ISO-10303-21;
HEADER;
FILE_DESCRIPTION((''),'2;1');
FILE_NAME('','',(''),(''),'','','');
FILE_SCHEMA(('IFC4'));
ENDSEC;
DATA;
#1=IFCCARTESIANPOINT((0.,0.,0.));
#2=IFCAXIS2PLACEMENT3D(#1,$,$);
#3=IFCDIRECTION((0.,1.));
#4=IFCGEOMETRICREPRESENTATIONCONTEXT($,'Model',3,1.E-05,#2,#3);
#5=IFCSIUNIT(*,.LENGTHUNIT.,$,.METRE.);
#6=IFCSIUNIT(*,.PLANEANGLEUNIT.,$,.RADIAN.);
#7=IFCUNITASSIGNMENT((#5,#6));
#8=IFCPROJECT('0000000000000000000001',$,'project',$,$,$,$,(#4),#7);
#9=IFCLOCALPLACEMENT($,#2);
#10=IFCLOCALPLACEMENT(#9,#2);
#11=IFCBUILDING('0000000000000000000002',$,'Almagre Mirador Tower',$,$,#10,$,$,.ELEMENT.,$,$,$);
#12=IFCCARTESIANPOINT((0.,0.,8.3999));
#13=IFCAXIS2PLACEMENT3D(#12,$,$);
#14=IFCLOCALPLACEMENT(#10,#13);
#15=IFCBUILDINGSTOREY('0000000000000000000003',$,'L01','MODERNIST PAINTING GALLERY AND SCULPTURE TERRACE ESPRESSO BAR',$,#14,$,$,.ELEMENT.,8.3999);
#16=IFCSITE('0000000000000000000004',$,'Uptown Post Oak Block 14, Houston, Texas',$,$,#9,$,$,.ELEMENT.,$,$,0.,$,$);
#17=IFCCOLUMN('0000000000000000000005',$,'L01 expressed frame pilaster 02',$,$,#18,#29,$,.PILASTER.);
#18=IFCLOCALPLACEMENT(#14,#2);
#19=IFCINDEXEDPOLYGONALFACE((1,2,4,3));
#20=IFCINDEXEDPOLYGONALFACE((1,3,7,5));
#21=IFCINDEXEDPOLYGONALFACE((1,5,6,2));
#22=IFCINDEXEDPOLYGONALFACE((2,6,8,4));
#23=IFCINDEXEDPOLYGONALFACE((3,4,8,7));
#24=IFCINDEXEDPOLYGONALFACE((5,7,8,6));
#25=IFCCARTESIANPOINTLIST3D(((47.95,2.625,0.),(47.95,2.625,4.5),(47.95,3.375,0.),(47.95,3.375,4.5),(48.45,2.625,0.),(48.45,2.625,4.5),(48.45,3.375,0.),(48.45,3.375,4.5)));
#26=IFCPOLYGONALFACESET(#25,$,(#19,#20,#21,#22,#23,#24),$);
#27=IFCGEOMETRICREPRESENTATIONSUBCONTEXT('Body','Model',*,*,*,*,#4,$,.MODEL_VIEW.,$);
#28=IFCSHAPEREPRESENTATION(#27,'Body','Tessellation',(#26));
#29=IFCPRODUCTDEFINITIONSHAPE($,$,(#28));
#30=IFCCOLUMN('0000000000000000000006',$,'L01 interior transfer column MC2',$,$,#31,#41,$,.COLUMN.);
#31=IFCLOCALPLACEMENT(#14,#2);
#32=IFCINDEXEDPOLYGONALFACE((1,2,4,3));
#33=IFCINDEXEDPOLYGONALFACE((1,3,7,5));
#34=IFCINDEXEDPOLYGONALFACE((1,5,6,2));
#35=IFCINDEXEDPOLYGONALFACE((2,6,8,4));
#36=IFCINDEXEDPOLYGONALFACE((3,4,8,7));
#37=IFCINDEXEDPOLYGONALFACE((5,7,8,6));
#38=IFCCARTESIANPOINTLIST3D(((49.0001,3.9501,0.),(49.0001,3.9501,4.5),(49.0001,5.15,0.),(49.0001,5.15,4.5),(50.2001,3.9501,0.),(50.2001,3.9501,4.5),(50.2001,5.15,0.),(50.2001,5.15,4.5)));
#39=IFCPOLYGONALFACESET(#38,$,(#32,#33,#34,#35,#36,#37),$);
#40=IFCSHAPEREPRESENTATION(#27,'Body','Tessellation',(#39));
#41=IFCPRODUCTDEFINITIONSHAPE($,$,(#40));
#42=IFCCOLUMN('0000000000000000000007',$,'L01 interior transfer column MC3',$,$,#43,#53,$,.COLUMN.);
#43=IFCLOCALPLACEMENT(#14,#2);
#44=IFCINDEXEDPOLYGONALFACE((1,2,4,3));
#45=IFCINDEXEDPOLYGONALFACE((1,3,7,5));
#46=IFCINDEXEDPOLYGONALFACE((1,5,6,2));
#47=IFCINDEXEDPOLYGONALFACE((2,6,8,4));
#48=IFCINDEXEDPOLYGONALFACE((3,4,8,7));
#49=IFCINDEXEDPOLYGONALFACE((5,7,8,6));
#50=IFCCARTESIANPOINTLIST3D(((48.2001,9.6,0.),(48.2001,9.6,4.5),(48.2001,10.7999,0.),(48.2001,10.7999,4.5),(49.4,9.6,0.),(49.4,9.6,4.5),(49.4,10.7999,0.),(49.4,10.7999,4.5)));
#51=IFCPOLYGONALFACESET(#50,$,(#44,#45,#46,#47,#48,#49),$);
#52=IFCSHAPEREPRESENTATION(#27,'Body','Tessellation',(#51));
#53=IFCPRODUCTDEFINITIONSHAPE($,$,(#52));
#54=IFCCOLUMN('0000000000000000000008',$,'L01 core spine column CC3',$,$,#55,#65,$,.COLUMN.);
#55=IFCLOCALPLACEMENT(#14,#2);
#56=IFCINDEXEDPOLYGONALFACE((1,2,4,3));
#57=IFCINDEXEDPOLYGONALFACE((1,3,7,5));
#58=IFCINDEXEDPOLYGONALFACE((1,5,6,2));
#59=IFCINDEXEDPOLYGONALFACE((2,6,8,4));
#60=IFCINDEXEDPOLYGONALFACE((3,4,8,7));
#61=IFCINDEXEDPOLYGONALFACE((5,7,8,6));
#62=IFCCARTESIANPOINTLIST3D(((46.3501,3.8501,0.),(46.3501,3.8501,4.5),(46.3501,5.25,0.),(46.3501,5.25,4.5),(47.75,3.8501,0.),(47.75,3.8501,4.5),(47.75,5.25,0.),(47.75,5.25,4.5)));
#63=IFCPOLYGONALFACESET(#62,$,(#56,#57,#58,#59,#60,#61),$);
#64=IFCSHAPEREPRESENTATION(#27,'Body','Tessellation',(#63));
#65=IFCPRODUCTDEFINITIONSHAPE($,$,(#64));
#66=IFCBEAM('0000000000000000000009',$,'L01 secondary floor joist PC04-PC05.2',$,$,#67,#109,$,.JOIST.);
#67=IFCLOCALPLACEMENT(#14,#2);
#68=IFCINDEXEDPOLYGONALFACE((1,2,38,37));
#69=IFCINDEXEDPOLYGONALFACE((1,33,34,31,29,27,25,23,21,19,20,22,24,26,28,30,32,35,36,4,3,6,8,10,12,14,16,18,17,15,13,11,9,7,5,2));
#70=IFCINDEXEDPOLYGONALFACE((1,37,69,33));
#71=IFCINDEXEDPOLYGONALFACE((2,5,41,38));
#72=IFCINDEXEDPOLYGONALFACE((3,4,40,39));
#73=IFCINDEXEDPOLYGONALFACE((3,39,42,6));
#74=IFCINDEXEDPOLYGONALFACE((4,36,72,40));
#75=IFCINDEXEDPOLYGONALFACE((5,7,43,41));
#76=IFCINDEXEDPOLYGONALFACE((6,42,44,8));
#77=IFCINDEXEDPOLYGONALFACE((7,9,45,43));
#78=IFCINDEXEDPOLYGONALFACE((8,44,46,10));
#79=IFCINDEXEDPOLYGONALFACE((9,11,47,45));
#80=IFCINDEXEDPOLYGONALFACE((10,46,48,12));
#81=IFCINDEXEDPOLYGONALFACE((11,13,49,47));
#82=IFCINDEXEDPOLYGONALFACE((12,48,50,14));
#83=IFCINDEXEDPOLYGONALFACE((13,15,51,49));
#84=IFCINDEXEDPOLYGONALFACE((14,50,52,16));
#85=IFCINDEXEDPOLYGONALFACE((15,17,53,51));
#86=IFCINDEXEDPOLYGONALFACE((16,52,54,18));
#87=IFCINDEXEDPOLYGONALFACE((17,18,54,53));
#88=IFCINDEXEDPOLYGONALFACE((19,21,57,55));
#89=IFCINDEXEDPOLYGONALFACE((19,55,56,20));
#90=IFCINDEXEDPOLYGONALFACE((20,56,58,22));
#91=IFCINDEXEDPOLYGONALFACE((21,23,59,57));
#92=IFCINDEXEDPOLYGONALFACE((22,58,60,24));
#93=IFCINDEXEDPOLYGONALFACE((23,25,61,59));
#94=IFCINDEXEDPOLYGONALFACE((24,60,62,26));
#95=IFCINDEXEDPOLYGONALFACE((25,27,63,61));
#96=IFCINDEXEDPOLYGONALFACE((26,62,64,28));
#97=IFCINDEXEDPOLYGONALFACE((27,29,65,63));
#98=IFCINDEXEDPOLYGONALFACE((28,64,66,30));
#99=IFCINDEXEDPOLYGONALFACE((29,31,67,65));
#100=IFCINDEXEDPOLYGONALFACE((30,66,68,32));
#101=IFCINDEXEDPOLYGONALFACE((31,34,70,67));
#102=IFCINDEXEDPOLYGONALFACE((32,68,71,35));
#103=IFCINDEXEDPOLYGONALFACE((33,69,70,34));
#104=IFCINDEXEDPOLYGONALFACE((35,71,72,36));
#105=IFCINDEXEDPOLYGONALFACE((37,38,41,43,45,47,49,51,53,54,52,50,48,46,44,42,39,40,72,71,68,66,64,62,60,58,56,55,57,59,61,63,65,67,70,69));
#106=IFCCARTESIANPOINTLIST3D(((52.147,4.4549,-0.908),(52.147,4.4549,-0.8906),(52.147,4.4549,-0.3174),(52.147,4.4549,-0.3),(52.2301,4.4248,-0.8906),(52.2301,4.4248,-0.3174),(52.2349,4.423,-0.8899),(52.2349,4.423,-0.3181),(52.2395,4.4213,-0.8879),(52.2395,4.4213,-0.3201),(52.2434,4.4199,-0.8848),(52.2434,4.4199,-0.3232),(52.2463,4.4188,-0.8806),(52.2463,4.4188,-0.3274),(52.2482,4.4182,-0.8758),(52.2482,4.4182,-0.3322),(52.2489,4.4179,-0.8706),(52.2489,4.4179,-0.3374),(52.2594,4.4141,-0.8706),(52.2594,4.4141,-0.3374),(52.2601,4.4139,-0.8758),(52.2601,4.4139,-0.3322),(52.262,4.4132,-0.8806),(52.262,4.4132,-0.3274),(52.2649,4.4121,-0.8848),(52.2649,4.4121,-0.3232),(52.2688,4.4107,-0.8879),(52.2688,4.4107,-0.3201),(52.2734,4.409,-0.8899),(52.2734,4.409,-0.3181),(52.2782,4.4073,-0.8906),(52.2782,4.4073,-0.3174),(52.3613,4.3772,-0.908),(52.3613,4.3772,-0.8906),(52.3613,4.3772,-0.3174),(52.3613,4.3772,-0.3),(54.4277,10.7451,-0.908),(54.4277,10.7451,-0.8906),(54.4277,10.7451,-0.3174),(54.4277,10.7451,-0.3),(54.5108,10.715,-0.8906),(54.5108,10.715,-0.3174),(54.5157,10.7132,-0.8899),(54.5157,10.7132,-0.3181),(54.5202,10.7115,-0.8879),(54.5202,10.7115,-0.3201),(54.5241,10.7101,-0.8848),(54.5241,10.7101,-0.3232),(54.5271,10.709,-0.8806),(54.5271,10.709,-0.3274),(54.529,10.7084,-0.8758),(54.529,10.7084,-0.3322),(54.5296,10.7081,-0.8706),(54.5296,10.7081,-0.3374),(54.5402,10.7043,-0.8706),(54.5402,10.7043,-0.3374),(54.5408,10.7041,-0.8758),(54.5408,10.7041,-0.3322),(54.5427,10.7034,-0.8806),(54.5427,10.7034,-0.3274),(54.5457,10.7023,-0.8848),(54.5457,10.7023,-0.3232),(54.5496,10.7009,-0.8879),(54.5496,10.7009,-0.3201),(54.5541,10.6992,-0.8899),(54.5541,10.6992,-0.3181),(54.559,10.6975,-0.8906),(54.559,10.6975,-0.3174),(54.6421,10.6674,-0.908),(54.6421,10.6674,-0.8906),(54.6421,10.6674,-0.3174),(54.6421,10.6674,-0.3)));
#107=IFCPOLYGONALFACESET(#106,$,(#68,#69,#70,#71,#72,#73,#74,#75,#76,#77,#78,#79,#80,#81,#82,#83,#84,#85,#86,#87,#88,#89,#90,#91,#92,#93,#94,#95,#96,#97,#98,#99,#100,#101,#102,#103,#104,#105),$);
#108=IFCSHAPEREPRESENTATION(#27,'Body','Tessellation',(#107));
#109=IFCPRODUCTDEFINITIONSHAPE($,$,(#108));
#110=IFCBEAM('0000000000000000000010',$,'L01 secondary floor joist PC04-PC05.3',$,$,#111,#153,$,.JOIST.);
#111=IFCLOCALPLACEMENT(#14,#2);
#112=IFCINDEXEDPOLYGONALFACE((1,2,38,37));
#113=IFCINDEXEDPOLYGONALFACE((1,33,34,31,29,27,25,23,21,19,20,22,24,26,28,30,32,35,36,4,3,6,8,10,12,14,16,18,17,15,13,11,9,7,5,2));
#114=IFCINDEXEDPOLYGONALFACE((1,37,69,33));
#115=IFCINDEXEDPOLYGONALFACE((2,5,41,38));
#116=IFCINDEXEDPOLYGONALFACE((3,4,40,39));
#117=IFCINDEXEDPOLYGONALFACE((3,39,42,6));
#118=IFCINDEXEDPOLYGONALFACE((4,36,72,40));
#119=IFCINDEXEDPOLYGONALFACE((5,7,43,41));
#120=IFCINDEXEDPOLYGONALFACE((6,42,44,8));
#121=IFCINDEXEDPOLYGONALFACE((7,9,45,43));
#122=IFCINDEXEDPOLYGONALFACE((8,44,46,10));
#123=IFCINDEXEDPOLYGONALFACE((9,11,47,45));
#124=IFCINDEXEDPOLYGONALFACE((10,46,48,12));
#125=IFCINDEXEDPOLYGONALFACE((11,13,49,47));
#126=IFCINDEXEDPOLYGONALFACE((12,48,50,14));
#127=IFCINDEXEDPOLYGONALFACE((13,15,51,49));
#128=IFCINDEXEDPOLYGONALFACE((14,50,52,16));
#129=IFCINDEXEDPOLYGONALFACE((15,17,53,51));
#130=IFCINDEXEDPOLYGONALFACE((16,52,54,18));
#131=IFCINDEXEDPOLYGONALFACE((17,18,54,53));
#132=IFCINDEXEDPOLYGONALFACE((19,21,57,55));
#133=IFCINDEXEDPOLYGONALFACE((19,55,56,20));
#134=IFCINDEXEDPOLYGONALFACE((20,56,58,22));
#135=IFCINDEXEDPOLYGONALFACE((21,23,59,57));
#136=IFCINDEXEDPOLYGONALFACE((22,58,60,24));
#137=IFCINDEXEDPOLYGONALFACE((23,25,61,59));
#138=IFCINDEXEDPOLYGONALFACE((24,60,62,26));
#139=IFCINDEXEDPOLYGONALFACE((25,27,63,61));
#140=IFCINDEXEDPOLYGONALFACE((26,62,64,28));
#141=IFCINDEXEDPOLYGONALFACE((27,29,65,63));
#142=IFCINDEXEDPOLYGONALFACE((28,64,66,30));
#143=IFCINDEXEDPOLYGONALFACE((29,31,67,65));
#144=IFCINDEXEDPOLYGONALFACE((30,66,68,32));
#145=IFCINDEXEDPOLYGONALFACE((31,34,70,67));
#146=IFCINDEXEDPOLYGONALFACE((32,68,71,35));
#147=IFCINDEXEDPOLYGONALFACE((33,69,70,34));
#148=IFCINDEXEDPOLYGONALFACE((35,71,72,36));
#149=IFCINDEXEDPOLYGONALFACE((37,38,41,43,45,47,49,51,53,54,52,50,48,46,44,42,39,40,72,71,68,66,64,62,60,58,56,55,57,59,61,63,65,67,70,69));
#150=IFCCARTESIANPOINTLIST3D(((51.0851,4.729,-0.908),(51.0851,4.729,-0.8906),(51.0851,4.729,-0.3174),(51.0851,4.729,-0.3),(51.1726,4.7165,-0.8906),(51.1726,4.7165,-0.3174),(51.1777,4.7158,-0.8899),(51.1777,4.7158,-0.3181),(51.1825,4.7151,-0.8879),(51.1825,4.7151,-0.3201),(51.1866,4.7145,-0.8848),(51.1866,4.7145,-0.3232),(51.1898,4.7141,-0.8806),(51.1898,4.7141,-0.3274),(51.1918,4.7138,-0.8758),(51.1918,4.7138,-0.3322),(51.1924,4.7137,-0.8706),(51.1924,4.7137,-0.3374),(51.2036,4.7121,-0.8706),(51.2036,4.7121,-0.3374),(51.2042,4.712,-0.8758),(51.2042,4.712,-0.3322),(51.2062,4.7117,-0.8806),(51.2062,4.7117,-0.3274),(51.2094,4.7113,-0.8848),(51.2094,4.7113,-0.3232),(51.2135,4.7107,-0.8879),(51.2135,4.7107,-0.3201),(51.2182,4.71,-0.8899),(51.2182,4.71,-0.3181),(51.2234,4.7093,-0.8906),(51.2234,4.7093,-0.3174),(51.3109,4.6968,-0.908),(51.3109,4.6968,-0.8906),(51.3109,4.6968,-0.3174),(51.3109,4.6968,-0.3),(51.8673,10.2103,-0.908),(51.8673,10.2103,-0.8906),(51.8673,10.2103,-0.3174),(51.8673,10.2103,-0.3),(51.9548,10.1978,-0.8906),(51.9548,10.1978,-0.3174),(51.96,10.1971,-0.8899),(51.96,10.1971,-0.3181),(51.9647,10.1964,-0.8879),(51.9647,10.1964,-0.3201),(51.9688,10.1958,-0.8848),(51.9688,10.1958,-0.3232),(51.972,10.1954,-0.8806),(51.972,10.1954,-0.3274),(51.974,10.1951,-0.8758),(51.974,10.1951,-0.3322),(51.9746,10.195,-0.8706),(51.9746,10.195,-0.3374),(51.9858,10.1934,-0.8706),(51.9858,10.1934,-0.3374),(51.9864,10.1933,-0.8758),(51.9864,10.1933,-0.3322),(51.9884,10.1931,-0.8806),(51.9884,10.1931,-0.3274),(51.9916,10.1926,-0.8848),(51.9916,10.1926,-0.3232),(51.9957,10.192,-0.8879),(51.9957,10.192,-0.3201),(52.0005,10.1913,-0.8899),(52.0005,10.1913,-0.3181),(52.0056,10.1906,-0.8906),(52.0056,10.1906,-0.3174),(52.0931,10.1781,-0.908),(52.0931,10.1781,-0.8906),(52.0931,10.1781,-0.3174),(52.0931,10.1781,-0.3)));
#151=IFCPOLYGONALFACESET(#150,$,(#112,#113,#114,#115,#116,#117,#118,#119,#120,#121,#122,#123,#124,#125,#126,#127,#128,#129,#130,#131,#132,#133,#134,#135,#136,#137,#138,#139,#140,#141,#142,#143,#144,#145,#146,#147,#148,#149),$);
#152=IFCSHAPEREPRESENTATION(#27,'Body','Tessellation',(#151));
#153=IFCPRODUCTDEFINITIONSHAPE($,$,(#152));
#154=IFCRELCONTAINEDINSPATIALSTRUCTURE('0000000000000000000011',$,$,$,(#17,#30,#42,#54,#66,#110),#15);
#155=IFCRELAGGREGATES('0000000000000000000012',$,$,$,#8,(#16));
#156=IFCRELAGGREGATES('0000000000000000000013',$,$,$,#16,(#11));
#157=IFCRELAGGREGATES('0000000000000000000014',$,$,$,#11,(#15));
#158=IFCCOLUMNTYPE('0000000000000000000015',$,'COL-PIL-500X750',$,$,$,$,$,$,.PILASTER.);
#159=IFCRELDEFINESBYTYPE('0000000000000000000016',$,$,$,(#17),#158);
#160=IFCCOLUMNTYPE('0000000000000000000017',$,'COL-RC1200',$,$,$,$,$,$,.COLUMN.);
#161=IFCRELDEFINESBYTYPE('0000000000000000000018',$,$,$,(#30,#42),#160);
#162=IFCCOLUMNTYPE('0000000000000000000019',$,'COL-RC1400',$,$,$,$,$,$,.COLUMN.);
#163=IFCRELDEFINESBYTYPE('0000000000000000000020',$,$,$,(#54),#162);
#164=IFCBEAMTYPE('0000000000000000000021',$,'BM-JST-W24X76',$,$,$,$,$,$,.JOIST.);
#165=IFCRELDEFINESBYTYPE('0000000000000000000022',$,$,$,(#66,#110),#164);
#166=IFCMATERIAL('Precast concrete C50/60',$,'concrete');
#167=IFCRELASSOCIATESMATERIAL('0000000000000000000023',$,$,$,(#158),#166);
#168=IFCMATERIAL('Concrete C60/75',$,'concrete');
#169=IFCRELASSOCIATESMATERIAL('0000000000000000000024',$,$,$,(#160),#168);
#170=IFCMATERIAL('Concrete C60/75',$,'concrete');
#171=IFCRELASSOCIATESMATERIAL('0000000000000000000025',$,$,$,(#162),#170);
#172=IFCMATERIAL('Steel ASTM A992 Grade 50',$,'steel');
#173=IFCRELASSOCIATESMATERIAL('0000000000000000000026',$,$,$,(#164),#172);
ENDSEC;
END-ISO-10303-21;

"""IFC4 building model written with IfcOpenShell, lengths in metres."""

from ifc_helpers import new_model, si_unit, direction, frame, origin, origin_2d, place, context, subcontext, project, spatial, rectangle, i_section, extrude, material, material_profile, profile_set, type_object, element, save


model = new_model("IFC4")

# Units and contexts
model_context = context("Model", 3, precision=1e-05, world=origin(), true_north=direction((0.0, 1.0)))
body_context = subcontext(model_context, "Body", "Model", "MODEL_VIEW")
ifc_project = project(units=[si_unit("LENGTHUNIT", "METRE"), si_unit("PLANEANGLEUNIT", "RADIAN")], contexts=[model_context])

# Site, building, storey
site_placement = place(None, origin())
site = spatial("IfcSite", under=ifc_project, at=site_placement, Name="Uptown Post Oak Block 14, Houston, Texas", CompositionType="ELEMENT", RefElevation=0.0)
building_placement = place(site_placement, origin())
building = spatial("IfcBuilding", under=site, at=building_placement, Name="Almagre Mirador Tower", CompositionType="ELEMENT")
storey_placement = place(building_placement, frame((0.0, 0.0, 8.3999)))
storey = spatial("IfcBuildingStorey", under=building, at=storey_placement, Name="L01", Description="MODERNIST PAINTING GALLERY AND SCULPTURE TERRACE ESPRESSO BAR", CompositionType="ELEMENT", Elevation=8.3999)

# Columns
ifc_material_1 = material(Name="Precast concrete C50/60", Category="concrete")
ifc_material_profile_1 = material_profile(ifc_material_1, rectangle(XDim=0.5, YDim=0.75, at=origin_2d()), Name="RC500X750")
ifc_profile_set_1 = profile_set([ifc_material_profile_1], Name="Precast concrete C50/60")
column_type_1 = type_object("IfcColumnType", Name="COL-PIL-500X750", PredefinedType="PILASTER", material=ifc_profile_set_1)
column_1_placement = place(storey_placement, frame((48.2, 3.0, 0.0), z_axis=(0.0, 0.0, 1.0), x_axis=(1.0, 0.0, 0.0)))
element("IfcColumn", 1, at=column_1_placement, inside=storey, type_object=column_type_1, Name="L01 expressed frame pilaster 02", PredefinedType="PILASTER", context=body_context, shape_type="SweptSolid", body=[
    extrude(rectangle(XDim=0.5, YDim=0.75, at=origin_2d()), origin(), (0.0, 0.0, 1.0), 4.5),
])
ifc_material_2 = material(Name="Concrete C60/75", Category="concrete")
ifc_material_profile_2 = material_profile(ifc_material_2, rectangle(XDim=1.2, YDim=1.2, at=origin_2d()), Name="RC1200X1200")
ifc_profile_set_2 = profile_set([ifc_material_profile_2], Name="Concrete C60/75")
column_type_2 = type_object("IfcColumnType", Name="COL-RC1200", PredefinedType="COLUMN", material=ifc_profile_set_2)
for number, where, z_axis, x_axis, name in (
    (2, (49.6001, 4.55, 0.0), (0.0, 0.0, 1.0), (1.0, 0.0, 0.0), "L01 interior transfer column MC2"),
    (3, (48.8, 10.2, 0.0), (0.0, 0.0, 1.0), (1.0, 0.0, 0.0), "L01 interior transfer column MC3"),
):
    element("IfcColumn", number, at=place(storey_placement, frame(where, z_axis=z_axis, x_axis=x_axis)), inside=storey, type_object=column_type_2, Name=name, PredefinedType="COLUMN", context=body_context, shape_type="SweptSolid", body=[
        extrude(rectangle(XDim=1.2, YDim=1.2, at=origin_2d()), origin(), (0.0, 0.0, 1.0), 4.5),
    ])
ifc_material_3 = material(Name="Concrete C60/75", Category="concrete")
ifc_material_profile_3 = material_profile(ifc_material_3, rectangle(XDim=1.3999, YDim=1.3999, at=origin_2d()), Name="RC1400X1400")
ifc_profile_set_3 = profile_set([ifc_material_profile_3], Name="Concrete C60/75")
column_type_3 = type_object("IfcColumnType", Name="COL-RC1400", PredefinedType="COLUMN", material=ifc_profile_set_3)
column_2_placement = place(storey_placement, frame((47.05, 4.55, 0.0), z_axis=(0.0, 0.0, 1.0), x_axis=(1.0, 0.0, 0.0)))
element("IfcColumn", 4, at=column_2_placement, inside=storey, type_object=column_type_3, Name="L01 core spine column CC3", PredefinedType="COLUMN", context=body_context, shape_type="SweptSolid", body=[
    extrude(rectangle(XDim=1.3999, YDim=1.3999, at=origin_2d()), origin(), (0.0, 0.0, 1.0), 4.5),
])

# Beams
ifc_material_4 = material(Name="Steel ASTM A992 Grade 50", Category="steel")
ifc_material_profile_4 = material_profile(ifc_material_4, i_section(OverallWidth=0.228, OverallDepth=0.6079, WebThickness=0.0112, FlangeThickness=0.0173, FilletRadius=0.02, at=origin_2d()), Name="W24X76")
ifc_profile_set_4 = profile_set([ifc_material_profile_4], Name="Steel ASTM A992 Grade 50")
beam_type_1 = type_object("IfcBeamType", Name="BM-JST-W24X76", PredefinedType="JOIST", material=ifc_profile_set_4)
beam_1_placement = place(storey_placement, frame((52.2542, 4.416, -0.604), z_axis=(0.34087, 0.94011, 0.0), x_axis=(-0.94011, 0.34087, 0.0)))
element("IfcBeam", 5, at=beam_1_placement, inside=storey, type_object=beam_type_1, Name="L01 secondary floor joist PC04-PC05.2", PredefinedType="JOIST", context=body_context, shape_type="SweptSolid", body=[
    extrude(i_section(OverallWidth=0.228, OverallDepth=0.6079, WebThickness=0.0112, FlangeThickness=0.0173, FilletRadius=0.02, at=origin_2d()), origin(), (0.0, 0.0, 1.0), 6.6909),
])
beam_2_placement = place(storey_placement, frame((51.198, 4.7129, -0.604), z_axis=(0.141273, 0.989971, 0.0), x_axis=(-0.989971, 0.141273, 0.0)))
element("IfcBeam", 6, at=beam_2_placement, inside=storey, type_object=beam_type_1, Name="L01 secondary floor joist PC04-PC05.3", PredefinedType="JOIST", context=body_context, shape_type="SweptSolid", body=[
    extrude(i_section(OverallWidth=0.228, OverallDepth=0.6079, WebThickness=0.0112, FlangeThickness=0.0173, FilletRadius=0.02, at=origin_2d()), origin(), (0.0, 0.0, 1.0), 5.5369),
])

save(model, "model.ifc")
